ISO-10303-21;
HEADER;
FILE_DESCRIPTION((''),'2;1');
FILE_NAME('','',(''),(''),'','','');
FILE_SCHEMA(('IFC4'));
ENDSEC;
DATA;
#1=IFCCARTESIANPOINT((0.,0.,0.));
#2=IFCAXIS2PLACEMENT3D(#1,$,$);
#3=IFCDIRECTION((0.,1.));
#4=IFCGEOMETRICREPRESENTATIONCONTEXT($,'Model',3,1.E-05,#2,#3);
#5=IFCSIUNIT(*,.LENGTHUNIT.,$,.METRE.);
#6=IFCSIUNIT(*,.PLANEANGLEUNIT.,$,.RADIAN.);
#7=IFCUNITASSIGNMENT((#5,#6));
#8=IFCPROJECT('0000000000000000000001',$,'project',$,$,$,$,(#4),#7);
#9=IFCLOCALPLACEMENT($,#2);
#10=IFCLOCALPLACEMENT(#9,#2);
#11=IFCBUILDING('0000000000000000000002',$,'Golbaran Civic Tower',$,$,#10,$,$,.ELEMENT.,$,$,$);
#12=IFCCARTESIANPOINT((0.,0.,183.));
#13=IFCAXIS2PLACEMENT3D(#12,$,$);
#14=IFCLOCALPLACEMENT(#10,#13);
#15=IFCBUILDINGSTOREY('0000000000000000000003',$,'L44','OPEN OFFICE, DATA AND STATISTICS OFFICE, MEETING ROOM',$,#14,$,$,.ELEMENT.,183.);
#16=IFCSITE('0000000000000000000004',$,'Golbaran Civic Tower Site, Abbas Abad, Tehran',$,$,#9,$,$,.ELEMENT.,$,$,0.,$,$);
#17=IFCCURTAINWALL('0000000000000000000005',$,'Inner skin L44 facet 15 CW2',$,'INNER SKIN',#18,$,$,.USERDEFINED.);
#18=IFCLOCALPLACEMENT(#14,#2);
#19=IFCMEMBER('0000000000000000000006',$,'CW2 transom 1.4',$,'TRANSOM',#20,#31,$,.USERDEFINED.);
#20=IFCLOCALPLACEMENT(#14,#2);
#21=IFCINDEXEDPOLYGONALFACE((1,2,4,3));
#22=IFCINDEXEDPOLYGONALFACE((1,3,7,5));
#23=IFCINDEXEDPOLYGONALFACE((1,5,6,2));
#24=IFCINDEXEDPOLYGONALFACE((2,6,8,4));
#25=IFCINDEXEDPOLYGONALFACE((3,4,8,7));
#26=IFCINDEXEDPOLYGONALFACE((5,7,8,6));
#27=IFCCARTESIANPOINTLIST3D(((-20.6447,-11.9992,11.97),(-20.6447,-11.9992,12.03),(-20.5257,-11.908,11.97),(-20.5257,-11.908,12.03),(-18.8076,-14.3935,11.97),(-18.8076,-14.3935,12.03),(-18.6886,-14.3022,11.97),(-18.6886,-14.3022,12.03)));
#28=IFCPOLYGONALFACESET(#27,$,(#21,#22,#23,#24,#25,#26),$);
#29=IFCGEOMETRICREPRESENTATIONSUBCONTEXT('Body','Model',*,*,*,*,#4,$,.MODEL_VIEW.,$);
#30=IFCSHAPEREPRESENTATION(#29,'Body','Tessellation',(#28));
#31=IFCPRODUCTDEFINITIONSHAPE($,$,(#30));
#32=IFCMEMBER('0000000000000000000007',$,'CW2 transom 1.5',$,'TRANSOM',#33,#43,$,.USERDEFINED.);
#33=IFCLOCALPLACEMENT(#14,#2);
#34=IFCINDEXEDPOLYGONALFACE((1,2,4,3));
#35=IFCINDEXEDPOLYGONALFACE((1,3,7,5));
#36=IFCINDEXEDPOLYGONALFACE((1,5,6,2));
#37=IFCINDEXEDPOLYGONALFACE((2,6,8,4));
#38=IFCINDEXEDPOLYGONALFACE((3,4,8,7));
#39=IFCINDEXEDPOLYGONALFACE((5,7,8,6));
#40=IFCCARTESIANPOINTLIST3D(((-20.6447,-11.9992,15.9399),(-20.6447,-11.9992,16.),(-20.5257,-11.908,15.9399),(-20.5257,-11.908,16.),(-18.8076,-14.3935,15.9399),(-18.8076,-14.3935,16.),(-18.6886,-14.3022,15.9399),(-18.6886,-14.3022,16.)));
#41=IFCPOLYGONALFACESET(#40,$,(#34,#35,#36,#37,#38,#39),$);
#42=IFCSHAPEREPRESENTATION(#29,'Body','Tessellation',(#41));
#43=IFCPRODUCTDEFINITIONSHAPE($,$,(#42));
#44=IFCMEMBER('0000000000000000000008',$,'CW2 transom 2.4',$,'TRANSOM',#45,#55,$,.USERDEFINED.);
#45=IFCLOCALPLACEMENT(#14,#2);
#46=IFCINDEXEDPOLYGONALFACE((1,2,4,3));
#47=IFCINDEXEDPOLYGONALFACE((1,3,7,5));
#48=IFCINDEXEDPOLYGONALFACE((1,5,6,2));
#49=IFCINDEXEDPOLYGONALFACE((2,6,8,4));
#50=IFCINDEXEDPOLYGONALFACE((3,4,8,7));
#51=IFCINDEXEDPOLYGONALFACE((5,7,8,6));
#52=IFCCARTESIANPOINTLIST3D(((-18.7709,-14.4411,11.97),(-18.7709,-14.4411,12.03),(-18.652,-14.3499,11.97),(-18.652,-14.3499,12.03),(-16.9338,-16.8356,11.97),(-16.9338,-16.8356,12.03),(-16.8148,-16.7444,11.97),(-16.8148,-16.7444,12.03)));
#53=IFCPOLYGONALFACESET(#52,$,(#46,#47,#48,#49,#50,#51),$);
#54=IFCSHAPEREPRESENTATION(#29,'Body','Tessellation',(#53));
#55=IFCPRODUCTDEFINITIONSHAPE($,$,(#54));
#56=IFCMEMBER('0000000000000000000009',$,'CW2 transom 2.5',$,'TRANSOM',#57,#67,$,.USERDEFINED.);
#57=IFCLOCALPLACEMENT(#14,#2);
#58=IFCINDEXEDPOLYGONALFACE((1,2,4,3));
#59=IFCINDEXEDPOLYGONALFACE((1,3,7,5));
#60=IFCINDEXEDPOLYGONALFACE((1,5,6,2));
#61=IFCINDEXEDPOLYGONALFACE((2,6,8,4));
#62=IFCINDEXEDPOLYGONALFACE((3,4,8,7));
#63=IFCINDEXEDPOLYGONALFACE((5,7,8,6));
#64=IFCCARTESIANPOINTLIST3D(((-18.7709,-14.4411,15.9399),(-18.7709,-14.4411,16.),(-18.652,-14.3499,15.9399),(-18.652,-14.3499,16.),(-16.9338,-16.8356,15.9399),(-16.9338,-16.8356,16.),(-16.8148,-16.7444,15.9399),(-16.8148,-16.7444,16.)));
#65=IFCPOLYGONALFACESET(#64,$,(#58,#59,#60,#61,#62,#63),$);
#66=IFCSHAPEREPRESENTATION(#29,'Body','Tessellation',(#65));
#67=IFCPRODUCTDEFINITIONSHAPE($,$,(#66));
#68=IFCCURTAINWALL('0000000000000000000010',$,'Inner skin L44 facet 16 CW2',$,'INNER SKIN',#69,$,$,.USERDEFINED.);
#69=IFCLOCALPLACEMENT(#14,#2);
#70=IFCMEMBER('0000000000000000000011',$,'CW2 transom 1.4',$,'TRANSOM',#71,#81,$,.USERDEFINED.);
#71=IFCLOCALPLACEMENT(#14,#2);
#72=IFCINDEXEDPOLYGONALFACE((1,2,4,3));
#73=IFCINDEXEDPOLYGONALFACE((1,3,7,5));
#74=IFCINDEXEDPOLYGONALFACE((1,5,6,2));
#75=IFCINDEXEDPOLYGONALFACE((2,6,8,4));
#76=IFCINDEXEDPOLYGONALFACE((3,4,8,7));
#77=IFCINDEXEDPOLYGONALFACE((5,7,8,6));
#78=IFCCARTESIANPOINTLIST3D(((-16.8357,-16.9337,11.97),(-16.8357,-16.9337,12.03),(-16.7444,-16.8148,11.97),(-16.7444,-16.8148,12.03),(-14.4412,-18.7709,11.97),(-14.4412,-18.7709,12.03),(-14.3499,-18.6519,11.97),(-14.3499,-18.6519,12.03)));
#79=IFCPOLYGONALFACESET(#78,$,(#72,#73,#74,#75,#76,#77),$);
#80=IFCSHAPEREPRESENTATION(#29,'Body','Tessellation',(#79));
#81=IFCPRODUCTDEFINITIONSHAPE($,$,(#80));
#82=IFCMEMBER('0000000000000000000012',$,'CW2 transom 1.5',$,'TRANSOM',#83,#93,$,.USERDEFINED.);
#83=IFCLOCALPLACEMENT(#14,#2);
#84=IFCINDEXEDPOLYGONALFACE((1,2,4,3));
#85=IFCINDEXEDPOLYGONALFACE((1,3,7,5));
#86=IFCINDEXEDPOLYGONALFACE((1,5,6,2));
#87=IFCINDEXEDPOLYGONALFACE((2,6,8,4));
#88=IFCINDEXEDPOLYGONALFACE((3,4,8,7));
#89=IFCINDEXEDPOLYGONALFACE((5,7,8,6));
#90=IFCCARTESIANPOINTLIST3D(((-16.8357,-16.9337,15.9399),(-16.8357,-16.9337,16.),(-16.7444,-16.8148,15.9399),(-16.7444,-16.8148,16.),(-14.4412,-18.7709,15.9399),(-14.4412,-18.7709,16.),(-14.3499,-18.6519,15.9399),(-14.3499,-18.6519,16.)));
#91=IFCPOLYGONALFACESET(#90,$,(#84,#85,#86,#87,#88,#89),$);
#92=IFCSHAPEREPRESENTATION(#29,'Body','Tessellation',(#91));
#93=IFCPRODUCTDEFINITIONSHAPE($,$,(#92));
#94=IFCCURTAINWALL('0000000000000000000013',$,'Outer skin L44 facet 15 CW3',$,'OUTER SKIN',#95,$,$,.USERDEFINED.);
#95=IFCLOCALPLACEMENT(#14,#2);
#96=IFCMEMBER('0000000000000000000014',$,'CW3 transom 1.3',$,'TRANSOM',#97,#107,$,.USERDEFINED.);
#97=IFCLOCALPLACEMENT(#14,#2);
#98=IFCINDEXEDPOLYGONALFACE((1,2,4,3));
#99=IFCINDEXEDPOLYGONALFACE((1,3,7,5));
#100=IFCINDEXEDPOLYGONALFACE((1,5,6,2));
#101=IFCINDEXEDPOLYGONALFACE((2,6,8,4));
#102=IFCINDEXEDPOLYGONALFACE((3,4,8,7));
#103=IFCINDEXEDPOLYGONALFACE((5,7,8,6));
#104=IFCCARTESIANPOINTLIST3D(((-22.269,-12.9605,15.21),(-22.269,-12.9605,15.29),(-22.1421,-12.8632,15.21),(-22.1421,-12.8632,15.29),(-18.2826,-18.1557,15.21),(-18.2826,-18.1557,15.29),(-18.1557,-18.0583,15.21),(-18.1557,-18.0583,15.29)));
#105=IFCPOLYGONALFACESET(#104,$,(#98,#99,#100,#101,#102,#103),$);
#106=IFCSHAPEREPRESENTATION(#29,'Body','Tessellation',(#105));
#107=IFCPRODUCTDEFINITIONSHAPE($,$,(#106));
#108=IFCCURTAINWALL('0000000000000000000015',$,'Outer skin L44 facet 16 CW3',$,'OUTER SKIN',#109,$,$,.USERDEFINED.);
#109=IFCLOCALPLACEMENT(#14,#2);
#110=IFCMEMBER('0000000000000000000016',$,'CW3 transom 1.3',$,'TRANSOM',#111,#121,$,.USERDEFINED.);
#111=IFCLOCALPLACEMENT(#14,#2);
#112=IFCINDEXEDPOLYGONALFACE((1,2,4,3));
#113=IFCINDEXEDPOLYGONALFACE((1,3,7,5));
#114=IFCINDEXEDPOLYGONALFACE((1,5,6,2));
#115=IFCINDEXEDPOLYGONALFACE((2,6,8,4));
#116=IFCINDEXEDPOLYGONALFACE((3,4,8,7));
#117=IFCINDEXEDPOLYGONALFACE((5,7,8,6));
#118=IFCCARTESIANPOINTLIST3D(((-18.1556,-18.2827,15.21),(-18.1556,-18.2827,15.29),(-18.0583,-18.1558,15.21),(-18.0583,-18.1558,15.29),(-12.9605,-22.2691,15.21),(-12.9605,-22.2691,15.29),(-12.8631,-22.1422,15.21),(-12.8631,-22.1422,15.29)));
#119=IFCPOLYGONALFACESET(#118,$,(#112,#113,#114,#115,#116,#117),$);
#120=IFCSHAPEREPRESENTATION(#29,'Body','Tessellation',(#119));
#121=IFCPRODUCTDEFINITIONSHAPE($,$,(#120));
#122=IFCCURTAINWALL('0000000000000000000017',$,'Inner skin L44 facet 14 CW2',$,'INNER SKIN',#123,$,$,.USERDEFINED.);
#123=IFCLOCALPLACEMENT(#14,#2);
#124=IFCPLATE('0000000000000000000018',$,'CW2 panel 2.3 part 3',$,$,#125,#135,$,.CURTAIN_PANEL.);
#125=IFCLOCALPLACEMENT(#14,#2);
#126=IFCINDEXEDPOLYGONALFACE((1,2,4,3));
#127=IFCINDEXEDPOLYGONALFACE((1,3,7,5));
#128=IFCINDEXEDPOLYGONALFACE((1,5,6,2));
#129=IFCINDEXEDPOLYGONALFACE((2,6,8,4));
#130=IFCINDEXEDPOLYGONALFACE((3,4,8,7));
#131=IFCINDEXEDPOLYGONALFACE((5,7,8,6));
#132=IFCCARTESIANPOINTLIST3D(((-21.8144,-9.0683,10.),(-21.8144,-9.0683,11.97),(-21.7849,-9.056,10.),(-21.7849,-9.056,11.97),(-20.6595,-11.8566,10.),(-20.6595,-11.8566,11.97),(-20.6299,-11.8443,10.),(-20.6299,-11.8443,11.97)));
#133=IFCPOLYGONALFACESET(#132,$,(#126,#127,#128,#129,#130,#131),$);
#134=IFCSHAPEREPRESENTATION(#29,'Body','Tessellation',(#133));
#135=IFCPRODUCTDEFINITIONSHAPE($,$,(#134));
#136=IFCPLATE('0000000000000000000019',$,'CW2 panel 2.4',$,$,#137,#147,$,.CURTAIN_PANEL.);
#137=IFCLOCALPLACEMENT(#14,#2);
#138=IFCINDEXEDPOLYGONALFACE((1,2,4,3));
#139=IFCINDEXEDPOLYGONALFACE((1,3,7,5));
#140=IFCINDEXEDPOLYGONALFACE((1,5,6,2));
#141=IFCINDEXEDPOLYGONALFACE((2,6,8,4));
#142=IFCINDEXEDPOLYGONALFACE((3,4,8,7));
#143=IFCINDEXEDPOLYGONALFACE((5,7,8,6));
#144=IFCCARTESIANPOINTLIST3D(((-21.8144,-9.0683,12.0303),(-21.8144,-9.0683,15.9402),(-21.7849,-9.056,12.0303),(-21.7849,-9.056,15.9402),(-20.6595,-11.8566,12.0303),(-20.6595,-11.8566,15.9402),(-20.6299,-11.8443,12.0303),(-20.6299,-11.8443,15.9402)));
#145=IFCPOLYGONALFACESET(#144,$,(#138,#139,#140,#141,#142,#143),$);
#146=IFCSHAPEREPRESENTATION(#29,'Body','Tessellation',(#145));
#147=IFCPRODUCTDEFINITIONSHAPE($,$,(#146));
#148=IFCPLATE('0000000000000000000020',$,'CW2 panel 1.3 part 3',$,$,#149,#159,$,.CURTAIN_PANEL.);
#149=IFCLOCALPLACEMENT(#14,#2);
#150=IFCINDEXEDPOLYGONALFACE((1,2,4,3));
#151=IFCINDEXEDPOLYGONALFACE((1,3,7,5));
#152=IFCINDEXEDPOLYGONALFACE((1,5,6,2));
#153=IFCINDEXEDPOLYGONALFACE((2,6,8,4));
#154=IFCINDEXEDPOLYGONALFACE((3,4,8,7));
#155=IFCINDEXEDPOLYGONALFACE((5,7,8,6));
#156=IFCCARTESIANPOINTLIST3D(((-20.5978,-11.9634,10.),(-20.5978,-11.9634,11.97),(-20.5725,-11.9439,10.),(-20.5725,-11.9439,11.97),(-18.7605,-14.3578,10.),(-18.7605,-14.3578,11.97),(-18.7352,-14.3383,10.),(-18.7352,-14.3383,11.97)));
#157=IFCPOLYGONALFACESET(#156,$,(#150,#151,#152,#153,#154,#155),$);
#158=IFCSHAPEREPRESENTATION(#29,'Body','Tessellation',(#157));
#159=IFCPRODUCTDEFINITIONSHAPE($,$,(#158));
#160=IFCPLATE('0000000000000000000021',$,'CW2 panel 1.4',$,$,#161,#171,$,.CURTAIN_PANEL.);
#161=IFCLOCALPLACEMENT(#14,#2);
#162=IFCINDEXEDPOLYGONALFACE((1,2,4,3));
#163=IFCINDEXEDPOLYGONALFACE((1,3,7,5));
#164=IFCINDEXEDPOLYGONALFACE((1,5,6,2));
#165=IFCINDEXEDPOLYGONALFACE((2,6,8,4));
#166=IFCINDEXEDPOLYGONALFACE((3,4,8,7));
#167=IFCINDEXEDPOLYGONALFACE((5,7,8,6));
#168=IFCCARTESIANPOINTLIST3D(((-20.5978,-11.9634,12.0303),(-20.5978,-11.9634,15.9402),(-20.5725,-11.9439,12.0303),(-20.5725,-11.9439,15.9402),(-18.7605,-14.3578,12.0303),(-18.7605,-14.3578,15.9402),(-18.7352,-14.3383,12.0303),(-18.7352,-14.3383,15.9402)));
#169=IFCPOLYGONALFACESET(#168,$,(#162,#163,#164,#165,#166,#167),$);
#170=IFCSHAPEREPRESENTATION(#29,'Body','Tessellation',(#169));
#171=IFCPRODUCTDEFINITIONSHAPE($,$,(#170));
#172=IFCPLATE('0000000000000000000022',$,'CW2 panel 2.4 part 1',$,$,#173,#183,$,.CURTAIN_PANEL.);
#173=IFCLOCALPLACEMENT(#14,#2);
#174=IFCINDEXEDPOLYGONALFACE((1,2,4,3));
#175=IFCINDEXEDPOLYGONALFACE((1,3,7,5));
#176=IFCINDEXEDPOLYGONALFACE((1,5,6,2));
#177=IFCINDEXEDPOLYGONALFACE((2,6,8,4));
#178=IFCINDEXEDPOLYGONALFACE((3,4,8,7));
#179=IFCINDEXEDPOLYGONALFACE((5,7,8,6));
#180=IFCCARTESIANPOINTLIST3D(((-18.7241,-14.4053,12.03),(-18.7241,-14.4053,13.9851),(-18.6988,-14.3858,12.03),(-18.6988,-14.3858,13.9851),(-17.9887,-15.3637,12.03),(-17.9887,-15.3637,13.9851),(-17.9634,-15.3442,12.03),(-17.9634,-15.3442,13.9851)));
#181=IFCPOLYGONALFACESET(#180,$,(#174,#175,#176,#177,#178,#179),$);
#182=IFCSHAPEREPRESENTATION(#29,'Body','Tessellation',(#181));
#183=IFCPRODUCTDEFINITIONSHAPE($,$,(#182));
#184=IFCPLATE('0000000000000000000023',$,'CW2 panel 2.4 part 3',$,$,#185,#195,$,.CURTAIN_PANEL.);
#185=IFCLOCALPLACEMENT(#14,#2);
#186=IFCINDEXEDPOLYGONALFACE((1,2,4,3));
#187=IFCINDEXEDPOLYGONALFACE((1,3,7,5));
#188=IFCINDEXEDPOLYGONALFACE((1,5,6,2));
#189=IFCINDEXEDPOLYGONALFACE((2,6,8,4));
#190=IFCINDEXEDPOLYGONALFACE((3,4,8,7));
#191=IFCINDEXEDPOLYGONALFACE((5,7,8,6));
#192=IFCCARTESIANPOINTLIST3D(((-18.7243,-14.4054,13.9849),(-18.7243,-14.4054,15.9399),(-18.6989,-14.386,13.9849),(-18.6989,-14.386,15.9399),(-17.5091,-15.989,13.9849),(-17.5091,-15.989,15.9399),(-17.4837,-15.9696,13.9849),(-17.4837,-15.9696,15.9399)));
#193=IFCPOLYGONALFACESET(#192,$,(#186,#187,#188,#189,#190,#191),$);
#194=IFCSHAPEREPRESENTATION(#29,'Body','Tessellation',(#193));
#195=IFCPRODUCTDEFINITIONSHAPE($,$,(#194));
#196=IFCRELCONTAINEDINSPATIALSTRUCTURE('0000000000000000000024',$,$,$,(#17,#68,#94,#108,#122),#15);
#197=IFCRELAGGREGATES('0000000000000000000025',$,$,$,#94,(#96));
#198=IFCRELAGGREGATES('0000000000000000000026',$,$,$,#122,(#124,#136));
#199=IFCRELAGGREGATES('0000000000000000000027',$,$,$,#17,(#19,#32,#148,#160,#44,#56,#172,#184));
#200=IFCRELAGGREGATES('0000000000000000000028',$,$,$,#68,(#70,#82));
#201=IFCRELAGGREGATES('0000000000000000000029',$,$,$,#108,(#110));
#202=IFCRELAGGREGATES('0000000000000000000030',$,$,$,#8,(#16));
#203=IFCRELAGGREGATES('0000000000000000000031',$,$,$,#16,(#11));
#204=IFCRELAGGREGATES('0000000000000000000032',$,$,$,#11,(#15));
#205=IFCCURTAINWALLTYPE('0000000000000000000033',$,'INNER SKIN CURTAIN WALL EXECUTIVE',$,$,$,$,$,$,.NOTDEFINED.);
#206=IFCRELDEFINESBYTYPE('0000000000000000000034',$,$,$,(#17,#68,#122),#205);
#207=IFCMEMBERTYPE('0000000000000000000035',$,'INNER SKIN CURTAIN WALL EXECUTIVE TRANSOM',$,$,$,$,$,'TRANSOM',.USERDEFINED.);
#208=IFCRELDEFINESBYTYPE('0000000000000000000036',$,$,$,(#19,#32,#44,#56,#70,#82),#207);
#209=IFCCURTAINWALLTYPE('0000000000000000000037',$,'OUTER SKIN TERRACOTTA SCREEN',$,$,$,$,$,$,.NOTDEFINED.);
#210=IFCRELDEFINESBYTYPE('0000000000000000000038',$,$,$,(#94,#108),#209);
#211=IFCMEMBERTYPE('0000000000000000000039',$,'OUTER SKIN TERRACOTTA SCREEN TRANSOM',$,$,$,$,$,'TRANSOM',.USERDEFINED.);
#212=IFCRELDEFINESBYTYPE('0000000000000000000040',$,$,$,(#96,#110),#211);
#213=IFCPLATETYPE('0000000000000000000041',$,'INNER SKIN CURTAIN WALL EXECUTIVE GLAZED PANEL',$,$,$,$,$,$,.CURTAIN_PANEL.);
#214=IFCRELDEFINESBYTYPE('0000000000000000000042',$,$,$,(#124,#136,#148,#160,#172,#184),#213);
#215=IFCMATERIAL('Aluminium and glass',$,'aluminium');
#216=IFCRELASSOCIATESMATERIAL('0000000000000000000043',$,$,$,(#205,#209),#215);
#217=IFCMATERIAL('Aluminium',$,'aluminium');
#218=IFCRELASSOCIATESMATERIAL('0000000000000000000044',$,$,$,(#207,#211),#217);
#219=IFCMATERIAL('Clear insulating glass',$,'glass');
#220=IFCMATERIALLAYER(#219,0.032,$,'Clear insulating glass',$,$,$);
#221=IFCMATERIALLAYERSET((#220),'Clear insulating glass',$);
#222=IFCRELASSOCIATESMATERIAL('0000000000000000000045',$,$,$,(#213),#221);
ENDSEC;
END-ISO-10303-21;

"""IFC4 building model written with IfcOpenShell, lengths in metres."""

from ifc_helpers import new_model, si_unit, direction, frame, origin, origin_2d, place, context, subcontext, project, spatial, rectangle, extrude, material, layer, layer_set, material_profile, profile_set, type_object, element, aggregate, save


model = new_model("IFC4")

# Units and contexts
model_context = context("Model", 3, precision=1e-05, world=origin(), true_north=direction((0.0, 1.0)))
body_context = subcontext(model_context, "Body", "Model", "MODEL_VIEW")
ifc_project = project(units=[si_unit("LENGTHUNIT", "METRE"), si_unit("PLANEANGLEUNIT", "RADIAN")], contexts=[model_context])

# Site, building, storey
site_placement = place(None, origin())
site = spatial("IfcSite", under=ifc_project, at=site_placement, Name="Golbaran Civic Tower Site, Abbas Abad, Tehran", CompositionType="ELEMENT", RefElevation=0.0)
building_placement = place(site_placement, origin())
building = spatial("IfcBuilding", under=site, at=building_placement, Name="Golbaran Civic Tower", CompositionType="ELEMENT")
storey_placement = place(building_placement, frame((0.0, 0.0, 183.0)))
storey = spatial("IfcBuildingStorey", under=building, at=storey_placement, Name="L44", Description="OPEN OFFICE, DATA AND STATISTICS OFFICE, MEETING ROOM", CompositionType="ELEMENT", Elevation=183.0)

# Curtain walls, members
ifc_material_1 = material(Name="Aluminium and glass", Category="aluminium")
curtain_wall_type_1 = type_object("IfcCurtainWallType", Name="INNER SKIN CURTAIN WALL EXECUTIVE", PredefinedType="NOTDEFINED", material=ifc_material_1)
curtain_wall_1_placement = place(storey_placement, origin())
curtain_wall_1 = element("IfcCurtainWall", 1, at=curtain_wall_1_placement, inside=storey, type_object=curtain_wall_type_1, Name="Inner skin L44 facet 15 CW2", ObjectType="INNER SKIN", PredefinedType="USERDEFINED")
ifc_material_2 = material(Name="Aluminium", Category="aluminium")
ifc_material_profile_1 = material_profile(ifc_material_2, rectangle(XDim=0.1499, YDim=0.0601, at=origin_2d()), Name="INNER SKIN CURTAIN WALL EXECUTIVE TRANSOM")
ifc_profile_set_1 = profile_set([ifc_material_profile_1], Name="Aluminium")
member_type_1 = type_object("IfcMemberType", Name="INNER SKIN CURTAIN WALL EXECUTIVE TRANSOM", ElementType="TRANSOM", PredefinedType="USERDEFINED", material=ifc_profile_set_1)
member_1_placement = place(storey_placement, frame((-20.5852, -11.9536, 12.0), z_axis=(0.608752, -0.79336, 0.0), x_axis=(0.79336, 0.608752, 0.0)))
member_1 = element("IfcMember", 2, at=member_1_placement, type_object=member_type_1, Name="CW2 transom 1.4", ObjectType="TRANSOM", PredefinedType="USERDEFINED", context=body_context, shape_type="SweptSolid", body=[
    extrude(rectangle(XDim=0.1499, YDim=0.0601, at=origin_2d()), origin(), (0.0, 0.0, 1.0), 3.0178),
])
member_2_placement = place(storey_placement, frame((-20.5852, -11.9536, 15.97), z_axis=(0.608752, -0.79336, 0.0), x_axis=(0.79336, 0.608752, 0.0)))
member_2 = element("IfcMember", 3, at=member_2_placement, type_object=member_type_1, Name="CW2 transom 1.5", ObjectType="TRANSOM", PredefinedType="USERDEFINED", context=body_context, shape_type="SweptSolid", body=[
    extrude(rectangle(XDim=0.1499, YDim=0.0601, at=origin_2d()), origin(), (0.0, 0.0, 1.0), 3.0178),
])
member_3_placement = place(storey_placement, frame((-18.7114, -14.3955, 12.0), z_axis=(0.608713, -0.79339, 0.0), x_axis=(0.79339, 0.608713, 0.0)))
member_3 = element("IfcMember", 4, at=member_3_placement, type_object=member_type_1, Name="CW2 transom 2.4", ObjectType="TRANSOM", PredefinedType="USERDEFINED", context=body_context, shape_type="SweptSolid", body=[
    extrude(rectangle(XDim=0.1499, YDim=0.0601, at=origin_2d()), origin(), (0.0, 0.0, 1.0), 3.0181),
])
member_4_placement = place(storey_placement, frame((-18.7114, -14.3955, 15.97), z_axis=(0.608713, -0.79339, 0.0), x_axis=(0.79339, 0.608713, 0.0)))
member_4 = element("IfcMember", 5, at=member_4_placement, type_object=member_type_1, Name="CW2 transom 2.5", ObjectType="TRANSOM", PredefinedType="USERDEFINED", context=body_context, shape_type="SweptSolid", body=[
    extrude(rectangle(XDim=0.1499, YDim=0.0601, at=origin_2d()), origin(), (0.0, 0.0, 1.0), 3.0181),
])
curtain_wall_2_placement = place(storey_placement, origin())
curtain_wall_2 = element("IfcCurtainWall", 6, at=curtain_wall_2_placement, inside=storey, type_object=curtain_wall_type_1, Name="Inner skin L44 facet 16 CW2", ObjectType="INNER SKIN", PredefinedType="USERDEFINED")
member_5_placement = place(storey_placement, frame((-16.79, -16.8743, 12.0), z_axis=(0.79339, -0.608713, 0.0), x_axis=(0.608713, 0.79339, 0.0)))
member_5 = element("IfcMember", 7, at=member_5_placement, type_object=member_type_1, Name="CW2 transom 1.4", ObjectType="TRANSOM", PredefinedType="USERDEFINED", context=body_context, shape_type="SweptSolid", body=[
    extrude(rectangle(XDim=0.1499, YDim=0.0601, at=origin_2d()), origin(), (0.0, 0.0, 1.0), 3.0181),
])
member_6_placement = place(storey_placement, frame((-16.79, -16.8743, 15.97), z_axis=(0.79339, -0.608713, 0.0), x_axis=(0.608713, 0.79339, 0.0)))
member_6 = element("IfcMember", 8, at=member_6_placement, type_object=member_type_1, Name="CW2 transom 1.5", ObjectType="TRANSOM", PredefinedType="USERDEFINED", context=body_context, shape_type="SweptSolid", body=[
    extrude(rectangle(XDim=0.1499, YDim=0.0601, at=origin_2d()), origin(), (0.0, 0.0, 1.0), 3.0181),
])

# Curtain walls, members
curtain_wall_type_2 = type_object("IfcCurtainWallType", Name="OUTER SKIN TERRACOTTA SCREEN", PredefinedType="NOTDEFINED", material=ifc_material_1)
curtain_wall_3_placement = place(storey_placement, origin())
curtain_wall_3 = element("IfcCurtainWall", 9, at=curtain_wall_3_placement, inside=storey, type_object=curtain_wall_type_2, Name="Outer skin L44 facet 15 CW3", ObjectType="OUTER SKIN", PredefinedType="USERDEFINED")
ifc_material_profile_2 = material_profile(ifc_material_2, rectangle(XDim=0.1599, YDim=0.0801, at=origin_2d()), Name="OUTER SKIN TERRACOTTA SCREEN TRANSOM")
ifc_profile_set_2 = profile_set([ifc_material_profile_2], Name="Aluminium")
member_type_2 = type_object("IfcMemberType", Name="OUTER SKIN TERRACOTTA SCREEN TRANSOM", ElementType="TRANSOM", PredefinedType="USERDEFINED", material=ifc_profile_set_2)
member_7_placement = place(storey_placement, frame((-22.2056, -12.9119, 15.25), z_axis=(0.608763, -0.793352, 0.0), x_axis=(0.793352, 0.608763, 0.0)))
member_7 = element("IfcMember", 10, at=member_7_placement, type_object=member_type_2, Name="CW3 transom 1.3", ObjectType="TRANSOM", PredefinedType="USERDEFINED", context=body_context, shape_type="SweptSolid", body=[
    extrude(rectangle(XDim=0.1599, YDim=0.0801, at=origin_2d()), origin(), (0.0, 0.0, 1.0), 6.5483),
])
aggregate(curtain_wall_3, [member_7])
curtain_wall_4_placement = place(storey_placement, origin())
curtain_wall_4 = element("IfcCurtainWall", 11, at=curtain_wall_4_placement, inside=storey, type_object=curtain_wall_type_2, Name="Outer skin L44 facet 16 CW3", ObjectType="OUTER SKIN", PredefinedType="USERDEFINED")
member_8_placement = place(storey_placement, frame((-18.1069, -18.2192, 15.25), z_axis=(0.793352, -0.608763, 0.0), x_axis=(0.608763, 0.793352, 0.0)))
member_8 = element("IfcMember", 12, at=member_8_placement, type_object=member_type_2, Name="CW3 transom 1.3", ObjectType="TRANSOM", PredefinedType="USERDEFINED", context=body_context, shape_type="SweptSolid", body=[
    extrude(rectangle(XDim=0.1599, YDim=0.0801, at=origin_2d()), origin(), (0.0, 0.0, 1.0), 6.5483),
])

# Curtain wall, plates
curtain_wall_5_placement = place(storey_placement, origin())
curtain_wall_5 = element("IfcCurtainWall", 13, at=curtain_wall_5_placement, inside=storey, type_object=curtain_wall_type_1, Name="Inner skin L44 facet 14 CW2", ObjectType="INNER SKIN", PredefinedType="USERDEFINED")
ifc_material_3 = material(Name="Clear insulating glass", Category="glass")
ifc_layer_1 = layer(ifc_material_3, 0.032, Name="Clear insulating glass")
ifc_layer_set_1 = layer_set([ifc_layer_1], Name="Clear insulating glass")
plate_type_1 = type_object("IfcPlateType", Name="INNER SKIN CURTAIN WALL EXECUTIVE GLAZED PANEL", PredefinedType="CURTAIN_PANEL", material=ifc_layer_set_1)
plate_1_placement = place(storey_placement, frame((-21.2222, -10.4563, 10.0), z_axis=(0.0, 0.0, 1.0), x_axis=(0.382683, -0.92388, 0.0)))
plate_1 = element("IfcPlate", 14, at=plate_1_placement, type_object=plate_type_1, Name="CW2 panel 2.3 part 3", PredefinedType="CURTAIN_PANEL", context=body_context, shape_type="SweptSolid", body=[
    extrude(rectangle(XDim=3.0181, YDim=0.032, at=origin_2d()), origin(), (0.0, 0.0, 1.0), 1.97),
])
plate_2_placement = place(storey_placement, frame((-21.2222, -10.4563, 12.0303), z_axis=(0.0, 0.0, 1.0), x_axis=(0.382683, -0.92388, 0.0)))
plate_2 = element("IfcPlate", 15, at=plate_2_placement, type_object=plate_type_1, Name="CW2 panel 2.4", PredefinedType="CURTAIN_PANEL", context=body_context, shape_type="SweptSolid", body=[
    extrude(rectangle(XDim=3.0181, YDim=0.032, at=origin_2d()), origin(), (0.0, 0.0, 1.0), 3.9099),
])
aggregate(curtain_wall_5, [plate_1, plate_2])

# Plates
plate_3_placement = place(storey_placement, frame((-19.6665, -13.1509, 10.0), z_axis=(0.0, 0.0, 1.0), x_axis=(0.608761, -0.793353, 0.0)))
plate_3 = element("IfcPlate", 16, at=plate_3_placement, type_object=plate_type_1, Name="CW2 panel 1.3 part 3", PredefinedType="CURTAIN_PANEL", context=body_context, shape_type="SweptSolid", body=[
    extrude(rectangle(XDim=3.0181, YDim=0.032, at=origin_2d()), origin(), (0.0, 0.0, 1.0), 1.97),
])
plate_4_placement = place(storey_placement, frame((-19.6665, -13.1509, 12.0303), z_axis=(0.0, 0.0, 1.0), x_axis=(0.608761, -0.793353, 0.0)))
plate_4 = element("IfcPlate", 17, at=plate_4_placement, type_object=plate_type_1, Name="CW2 panel 1.4", PredefinedType="CURTAIN_PANEL", context=body_context, shape_type="SweptSolid", body=[
    extrude(rectangle(XDim=3.0181, YDim=0.032, at=origin_2d()), origin(), (0.0, 0.0, 1.0), 3.9099),
])
plate_5_placement = place(storey_placement, frame((-18.3438, -14.8748, 12.03), z_axis=(0.0, 0.0, 1.0), x_axis=(0.608761, -0.793353, 0.0)))
plate_5 = element("IfcPlate", 18, at=plate_5_placement, type_object=plate_type_1, Name="CW2 panel 2.4 part 1", PredefinedType="CURTAIN_PANEL", context=body_context, shape_type="SweptSolid", body=[
    extrude(rectangle(XDim=1.208, YDim=0.032, at=origin_2d()), origin(), (0.0, 0.0, 1.0), 1.9551),
])
plate_6_placement = place(storey_placement, frame((-18.104, -15.1875, 13.9849), z_axis=(0.0, 0.0, 1.0), x_axis=(0.608761, -0.793353, 0.0)))
plate_6 = element("IfcPlate", 19, at=plate_6_placement, type_object=plate_type_1, Name="CW2 panel 2.4 part 3", PredefinedType="CURTAIN_PANEL", context=body_context, shape_type="SweptSolid", body=[
    extrude(rectangle(XDim=1.9961, YDim=0.032, at=origin_2d()), origin(), (0.0, 0.0, 1.0), 1.9551),
])
aggregate(curtain_wall_1, [member_1, member_2, plate_3, plate_4, member_3, member_4, plate_5, plate_6])
aggregate(curtain_wall_2, [member_5, member_6])

aggregate(curtain_wall_4, [member_8])

save(model, "model.ifc")
